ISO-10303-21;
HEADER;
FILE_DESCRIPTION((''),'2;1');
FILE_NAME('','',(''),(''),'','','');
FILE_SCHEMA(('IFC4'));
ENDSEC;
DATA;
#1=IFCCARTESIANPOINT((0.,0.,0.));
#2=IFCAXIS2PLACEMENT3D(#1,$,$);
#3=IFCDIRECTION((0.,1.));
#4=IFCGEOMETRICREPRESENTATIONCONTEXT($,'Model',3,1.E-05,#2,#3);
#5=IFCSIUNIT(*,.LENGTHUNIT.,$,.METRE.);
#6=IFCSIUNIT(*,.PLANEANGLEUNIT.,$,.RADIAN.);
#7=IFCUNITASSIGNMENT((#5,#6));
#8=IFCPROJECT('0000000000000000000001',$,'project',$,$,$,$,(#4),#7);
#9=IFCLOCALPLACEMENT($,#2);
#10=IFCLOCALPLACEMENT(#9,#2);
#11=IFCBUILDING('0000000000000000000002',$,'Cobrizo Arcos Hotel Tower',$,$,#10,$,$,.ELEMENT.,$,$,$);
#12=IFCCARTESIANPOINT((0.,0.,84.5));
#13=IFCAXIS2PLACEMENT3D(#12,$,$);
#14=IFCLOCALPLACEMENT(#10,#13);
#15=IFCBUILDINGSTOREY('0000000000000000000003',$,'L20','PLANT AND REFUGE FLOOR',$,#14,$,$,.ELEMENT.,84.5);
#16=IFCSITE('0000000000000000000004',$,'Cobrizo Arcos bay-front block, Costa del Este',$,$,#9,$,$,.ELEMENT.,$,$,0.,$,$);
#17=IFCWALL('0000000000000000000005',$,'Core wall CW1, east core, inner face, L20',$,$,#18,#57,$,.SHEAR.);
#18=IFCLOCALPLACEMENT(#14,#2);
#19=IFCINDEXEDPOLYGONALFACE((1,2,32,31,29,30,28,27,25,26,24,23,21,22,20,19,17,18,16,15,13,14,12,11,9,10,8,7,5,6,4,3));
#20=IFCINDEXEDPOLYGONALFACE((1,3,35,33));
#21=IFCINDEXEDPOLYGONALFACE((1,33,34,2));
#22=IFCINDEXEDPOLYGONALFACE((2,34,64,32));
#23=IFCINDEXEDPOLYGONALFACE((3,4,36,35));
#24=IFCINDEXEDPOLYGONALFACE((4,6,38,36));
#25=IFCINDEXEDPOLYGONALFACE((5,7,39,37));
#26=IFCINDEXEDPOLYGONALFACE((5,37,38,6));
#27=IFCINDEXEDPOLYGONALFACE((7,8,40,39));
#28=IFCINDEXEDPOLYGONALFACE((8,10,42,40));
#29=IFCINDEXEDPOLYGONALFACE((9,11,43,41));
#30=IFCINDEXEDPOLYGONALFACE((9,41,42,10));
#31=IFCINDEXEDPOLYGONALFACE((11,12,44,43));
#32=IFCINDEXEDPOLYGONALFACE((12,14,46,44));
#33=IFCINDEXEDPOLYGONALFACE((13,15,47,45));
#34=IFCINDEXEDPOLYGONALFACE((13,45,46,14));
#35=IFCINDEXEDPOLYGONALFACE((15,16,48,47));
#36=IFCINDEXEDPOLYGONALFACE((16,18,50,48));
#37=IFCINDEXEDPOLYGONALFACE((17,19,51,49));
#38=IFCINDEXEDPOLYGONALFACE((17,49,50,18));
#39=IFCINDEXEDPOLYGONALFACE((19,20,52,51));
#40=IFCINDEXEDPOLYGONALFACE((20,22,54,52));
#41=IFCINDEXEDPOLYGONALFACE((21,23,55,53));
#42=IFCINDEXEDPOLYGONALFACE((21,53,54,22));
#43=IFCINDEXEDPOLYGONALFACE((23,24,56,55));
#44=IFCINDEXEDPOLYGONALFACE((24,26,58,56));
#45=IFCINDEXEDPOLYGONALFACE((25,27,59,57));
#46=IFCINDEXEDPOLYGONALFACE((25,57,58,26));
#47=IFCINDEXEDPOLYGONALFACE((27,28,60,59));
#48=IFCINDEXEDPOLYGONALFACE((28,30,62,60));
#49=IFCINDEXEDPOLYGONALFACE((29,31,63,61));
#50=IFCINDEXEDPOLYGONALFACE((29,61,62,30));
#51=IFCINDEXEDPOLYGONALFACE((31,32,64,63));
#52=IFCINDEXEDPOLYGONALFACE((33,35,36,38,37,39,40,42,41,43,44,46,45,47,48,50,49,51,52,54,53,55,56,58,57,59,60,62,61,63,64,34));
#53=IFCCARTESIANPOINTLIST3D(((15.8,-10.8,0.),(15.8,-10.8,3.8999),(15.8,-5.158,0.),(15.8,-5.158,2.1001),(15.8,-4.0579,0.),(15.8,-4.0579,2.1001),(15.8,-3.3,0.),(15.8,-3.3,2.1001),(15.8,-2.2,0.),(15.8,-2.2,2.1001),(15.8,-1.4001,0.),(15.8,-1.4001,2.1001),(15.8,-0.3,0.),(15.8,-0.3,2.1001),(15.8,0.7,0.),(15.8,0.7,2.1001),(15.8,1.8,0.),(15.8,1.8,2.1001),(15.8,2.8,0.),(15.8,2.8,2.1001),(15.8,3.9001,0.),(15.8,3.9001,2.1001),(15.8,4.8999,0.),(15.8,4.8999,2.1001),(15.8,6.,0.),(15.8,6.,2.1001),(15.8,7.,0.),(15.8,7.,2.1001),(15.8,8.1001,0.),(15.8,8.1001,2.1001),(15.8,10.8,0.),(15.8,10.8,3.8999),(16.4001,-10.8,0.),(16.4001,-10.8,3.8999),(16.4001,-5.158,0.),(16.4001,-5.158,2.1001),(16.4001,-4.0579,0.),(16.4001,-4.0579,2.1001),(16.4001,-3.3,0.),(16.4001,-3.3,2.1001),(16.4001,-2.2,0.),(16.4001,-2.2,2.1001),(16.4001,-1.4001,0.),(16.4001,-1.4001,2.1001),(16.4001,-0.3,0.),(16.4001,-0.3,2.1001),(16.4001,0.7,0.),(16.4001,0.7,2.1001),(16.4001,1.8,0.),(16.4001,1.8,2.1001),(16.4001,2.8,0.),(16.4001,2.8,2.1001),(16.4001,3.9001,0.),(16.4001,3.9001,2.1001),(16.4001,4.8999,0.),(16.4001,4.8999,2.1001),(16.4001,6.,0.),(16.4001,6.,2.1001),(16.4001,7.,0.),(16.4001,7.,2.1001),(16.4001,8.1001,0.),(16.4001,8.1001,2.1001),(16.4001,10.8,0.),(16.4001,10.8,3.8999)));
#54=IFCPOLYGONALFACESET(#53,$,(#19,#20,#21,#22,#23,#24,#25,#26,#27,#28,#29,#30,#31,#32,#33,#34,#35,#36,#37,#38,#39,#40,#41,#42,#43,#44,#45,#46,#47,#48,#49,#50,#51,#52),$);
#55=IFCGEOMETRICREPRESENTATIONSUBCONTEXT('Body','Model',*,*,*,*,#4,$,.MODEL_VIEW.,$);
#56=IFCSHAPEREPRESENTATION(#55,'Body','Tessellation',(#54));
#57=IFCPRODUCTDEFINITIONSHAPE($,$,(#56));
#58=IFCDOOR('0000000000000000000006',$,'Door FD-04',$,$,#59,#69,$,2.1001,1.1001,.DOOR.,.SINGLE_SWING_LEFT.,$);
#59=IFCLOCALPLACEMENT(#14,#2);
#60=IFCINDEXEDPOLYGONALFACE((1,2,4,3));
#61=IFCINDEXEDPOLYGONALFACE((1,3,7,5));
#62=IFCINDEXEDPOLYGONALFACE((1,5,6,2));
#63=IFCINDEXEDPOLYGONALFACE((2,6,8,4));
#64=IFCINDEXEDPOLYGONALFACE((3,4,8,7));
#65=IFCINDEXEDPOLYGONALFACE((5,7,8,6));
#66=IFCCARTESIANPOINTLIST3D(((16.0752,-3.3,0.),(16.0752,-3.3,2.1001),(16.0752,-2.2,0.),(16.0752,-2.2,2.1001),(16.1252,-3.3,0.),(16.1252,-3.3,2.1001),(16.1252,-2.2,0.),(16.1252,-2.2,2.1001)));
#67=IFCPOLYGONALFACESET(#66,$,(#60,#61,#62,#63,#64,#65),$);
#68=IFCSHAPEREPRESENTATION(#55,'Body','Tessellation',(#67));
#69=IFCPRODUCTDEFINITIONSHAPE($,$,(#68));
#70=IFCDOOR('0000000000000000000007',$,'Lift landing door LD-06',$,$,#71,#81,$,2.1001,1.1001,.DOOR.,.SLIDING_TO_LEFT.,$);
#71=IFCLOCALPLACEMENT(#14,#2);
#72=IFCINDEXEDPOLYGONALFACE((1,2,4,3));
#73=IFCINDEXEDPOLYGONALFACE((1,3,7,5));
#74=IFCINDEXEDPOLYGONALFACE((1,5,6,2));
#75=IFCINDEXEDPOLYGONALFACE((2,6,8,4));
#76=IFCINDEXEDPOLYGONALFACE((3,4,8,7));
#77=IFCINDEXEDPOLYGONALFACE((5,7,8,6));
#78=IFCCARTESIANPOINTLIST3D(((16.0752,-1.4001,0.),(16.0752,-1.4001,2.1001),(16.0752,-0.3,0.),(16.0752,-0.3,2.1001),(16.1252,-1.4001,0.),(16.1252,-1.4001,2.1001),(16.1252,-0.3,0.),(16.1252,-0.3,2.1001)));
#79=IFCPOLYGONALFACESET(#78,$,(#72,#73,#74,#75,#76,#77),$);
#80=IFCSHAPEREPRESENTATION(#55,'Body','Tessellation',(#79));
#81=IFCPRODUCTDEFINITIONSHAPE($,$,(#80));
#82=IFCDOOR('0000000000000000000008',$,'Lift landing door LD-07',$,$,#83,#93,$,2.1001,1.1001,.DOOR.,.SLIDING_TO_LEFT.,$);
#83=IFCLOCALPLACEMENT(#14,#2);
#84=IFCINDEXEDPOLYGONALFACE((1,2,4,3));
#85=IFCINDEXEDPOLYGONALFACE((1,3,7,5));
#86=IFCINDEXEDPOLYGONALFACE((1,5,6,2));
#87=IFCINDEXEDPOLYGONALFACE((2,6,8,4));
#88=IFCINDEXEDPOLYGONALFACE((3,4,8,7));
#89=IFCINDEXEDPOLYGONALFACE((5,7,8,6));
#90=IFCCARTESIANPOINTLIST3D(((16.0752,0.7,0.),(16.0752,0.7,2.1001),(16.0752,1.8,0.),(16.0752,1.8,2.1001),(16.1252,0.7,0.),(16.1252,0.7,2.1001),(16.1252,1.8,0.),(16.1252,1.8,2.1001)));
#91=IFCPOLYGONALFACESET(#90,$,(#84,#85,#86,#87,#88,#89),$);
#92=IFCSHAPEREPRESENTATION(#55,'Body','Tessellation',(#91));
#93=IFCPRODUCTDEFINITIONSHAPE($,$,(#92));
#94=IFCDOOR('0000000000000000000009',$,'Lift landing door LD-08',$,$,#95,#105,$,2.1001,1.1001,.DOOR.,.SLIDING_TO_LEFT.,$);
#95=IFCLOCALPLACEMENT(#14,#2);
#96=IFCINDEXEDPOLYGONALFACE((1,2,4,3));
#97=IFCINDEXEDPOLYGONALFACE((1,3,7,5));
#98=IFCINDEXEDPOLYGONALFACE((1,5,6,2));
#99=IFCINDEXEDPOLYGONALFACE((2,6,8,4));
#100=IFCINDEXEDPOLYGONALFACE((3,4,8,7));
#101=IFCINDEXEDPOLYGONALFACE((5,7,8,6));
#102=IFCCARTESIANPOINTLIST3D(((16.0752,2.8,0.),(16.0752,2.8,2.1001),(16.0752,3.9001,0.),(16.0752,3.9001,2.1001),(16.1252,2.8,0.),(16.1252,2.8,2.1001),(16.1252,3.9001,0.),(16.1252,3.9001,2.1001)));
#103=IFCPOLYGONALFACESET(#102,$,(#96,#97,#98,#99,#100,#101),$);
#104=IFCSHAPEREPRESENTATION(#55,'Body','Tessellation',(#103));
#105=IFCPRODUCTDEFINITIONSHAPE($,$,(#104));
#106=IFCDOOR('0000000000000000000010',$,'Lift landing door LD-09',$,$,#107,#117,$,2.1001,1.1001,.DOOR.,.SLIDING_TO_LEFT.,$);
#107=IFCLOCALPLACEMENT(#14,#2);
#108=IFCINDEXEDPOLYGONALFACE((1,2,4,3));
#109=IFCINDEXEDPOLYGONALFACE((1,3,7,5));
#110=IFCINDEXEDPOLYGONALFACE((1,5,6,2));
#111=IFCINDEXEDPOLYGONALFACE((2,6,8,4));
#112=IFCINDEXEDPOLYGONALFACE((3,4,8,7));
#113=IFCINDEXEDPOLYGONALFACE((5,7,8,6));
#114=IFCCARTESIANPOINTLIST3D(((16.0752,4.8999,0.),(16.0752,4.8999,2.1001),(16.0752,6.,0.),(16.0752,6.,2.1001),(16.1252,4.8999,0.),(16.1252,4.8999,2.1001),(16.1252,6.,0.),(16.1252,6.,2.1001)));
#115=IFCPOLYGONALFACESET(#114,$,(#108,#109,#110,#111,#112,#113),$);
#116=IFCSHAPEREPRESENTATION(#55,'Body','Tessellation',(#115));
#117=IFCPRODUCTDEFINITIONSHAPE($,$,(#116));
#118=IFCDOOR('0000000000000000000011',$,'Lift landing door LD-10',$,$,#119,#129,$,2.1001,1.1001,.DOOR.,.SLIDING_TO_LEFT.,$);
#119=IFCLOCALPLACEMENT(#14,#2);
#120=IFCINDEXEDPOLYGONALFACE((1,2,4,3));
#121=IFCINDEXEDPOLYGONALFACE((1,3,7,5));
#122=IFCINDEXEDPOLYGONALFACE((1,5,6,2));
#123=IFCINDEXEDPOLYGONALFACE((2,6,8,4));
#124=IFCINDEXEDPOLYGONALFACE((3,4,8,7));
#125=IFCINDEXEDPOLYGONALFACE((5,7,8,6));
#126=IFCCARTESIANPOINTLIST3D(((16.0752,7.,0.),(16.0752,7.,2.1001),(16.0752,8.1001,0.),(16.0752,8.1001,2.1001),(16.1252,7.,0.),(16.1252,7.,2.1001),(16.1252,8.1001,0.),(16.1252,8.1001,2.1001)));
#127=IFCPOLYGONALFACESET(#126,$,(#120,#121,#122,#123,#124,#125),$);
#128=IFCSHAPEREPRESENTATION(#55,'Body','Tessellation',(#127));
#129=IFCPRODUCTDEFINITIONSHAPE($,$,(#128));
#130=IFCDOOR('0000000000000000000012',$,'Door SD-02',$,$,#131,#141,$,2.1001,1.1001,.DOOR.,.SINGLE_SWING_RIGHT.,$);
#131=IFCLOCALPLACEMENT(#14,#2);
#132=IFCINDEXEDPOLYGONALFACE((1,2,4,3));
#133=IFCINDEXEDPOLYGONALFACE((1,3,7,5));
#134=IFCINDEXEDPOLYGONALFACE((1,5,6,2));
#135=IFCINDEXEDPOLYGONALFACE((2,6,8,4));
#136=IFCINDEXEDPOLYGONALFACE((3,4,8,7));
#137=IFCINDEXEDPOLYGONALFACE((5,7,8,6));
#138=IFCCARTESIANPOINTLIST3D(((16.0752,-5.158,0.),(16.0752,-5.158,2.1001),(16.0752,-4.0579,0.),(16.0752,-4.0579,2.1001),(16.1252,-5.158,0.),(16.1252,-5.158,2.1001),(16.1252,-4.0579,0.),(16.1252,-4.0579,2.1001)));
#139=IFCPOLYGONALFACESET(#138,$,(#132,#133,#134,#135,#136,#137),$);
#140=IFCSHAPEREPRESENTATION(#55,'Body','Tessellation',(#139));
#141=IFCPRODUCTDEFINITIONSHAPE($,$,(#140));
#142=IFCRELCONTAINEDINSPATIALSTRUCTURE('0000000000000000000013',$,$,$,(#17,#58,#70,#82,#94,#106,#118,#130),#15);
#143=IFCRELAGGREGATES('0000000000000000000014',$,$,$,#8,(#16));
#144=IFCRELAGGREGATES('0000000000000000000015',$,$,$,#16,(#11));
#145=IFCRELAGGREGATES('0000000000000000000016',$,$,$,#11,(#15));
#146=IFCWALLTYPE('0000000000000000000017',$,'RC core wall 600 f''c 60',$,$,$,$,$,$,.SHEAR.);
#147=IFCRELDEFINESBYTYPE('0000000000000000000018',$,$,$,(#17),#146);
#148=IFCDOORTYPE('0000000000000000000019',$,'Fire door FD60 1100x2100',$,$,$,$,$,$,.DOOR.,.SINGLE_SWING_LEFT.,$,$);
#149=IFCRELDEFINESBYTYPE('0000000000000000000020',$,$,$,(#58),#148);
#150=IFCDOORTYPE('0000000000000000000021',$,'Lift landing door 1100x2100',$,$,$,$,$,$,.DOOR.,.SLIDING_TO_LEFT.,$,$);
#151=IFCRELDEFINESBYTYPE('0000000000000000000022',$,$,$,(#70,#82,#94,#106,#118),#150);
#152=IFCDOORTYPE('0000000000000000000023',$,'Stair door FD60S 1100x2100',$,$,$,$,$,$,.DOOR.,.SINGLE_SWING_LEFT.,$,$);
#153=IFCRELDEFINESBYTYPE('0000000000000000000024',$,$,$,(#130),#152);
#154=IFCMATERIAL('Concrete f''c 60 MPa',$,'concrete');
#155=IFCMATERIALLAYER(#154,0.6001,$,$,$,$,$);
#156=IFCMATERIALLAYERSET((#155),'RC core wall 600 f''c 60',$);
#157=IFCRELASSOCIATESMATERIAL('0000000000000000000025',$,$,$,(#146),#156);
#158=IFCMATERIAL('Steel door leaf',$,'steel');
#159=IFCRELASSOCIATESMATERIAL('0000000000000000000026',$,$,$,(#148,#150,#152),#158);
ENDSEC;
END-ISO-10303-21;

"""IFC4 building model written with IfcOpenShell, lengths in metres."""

from ifc_helpers import new_model, si_unit, direction, frame, frame_2d, origin, place, context, subcontext, project, spatial, rectangle, extrude, material, layer, layer_set, type_object, element, fill, save


model = new_model("IFC4")

# Units and contexts
model_context = context("Model", 3, precision=1e-05, world=origin(), true_north=direction((0.0, 1.0)))
body_context = subcontext(model_context, "Body", "Model", "MODEL_VIEW")
ifc_project = project(units=[si_unit("LENGTHUNIT", "METRE"), si_unit("PLANEANGLEUNIT", "RADIAN")], contexts=[model_context])

# Site, building, storey
site_placement = place(None, origin())
site = spatial("IfcSite", under=ifc_project, at=site_placement, Name="Cobrizo Arcos bay-front block, Costa del Este", CompositionType="ELEMENT", RefElevation=0.0)
building_placement = place(site_placement, origin())
building = spatial("IfcBuilding", under=site, at=building_placement, Name="Cobrizo Arcos Hotel Tower", CompositionType="ELEMENT")
storey_placement = place(building_placement, frame((0.0, 0.0, 84.5)))
storey = spatial("IfcBuildingStorey", under=building, at=storey_placement, Name="L20", Description="PLANT AND REFUGE FLOOR", CompositionType="ELEMENT", Elevation=84.5)

# Wall, openings, doors
ifc_material_1 = material(Name="Concrete f'c 60 MPa", Category="concrete")
ifc_layer_1 = layer(ifc_material_1, 0.6001)
ifc_layer_set_1 = layer_set([ifc_layer_1], Name="RC core wall 600 f'c 60")
wall_type_1 = type_object("IfcWallType", Name="RC core wall 600 f'c 60", PredefinedType="SHEAR", material=ifc_layer_set_1)
wall_1_placement = place(storey_placement, frame((16.1001, -10.8, 0.0), z_axis=(0.0, 0.0, 1.0), x_axis=(0.0, 1.0, 0.0)))
wall_1 = element("IfcWall", 1, at=wall_1_placement, inside=storey, type_object=wall_type_1, Name="Core wall CW1, east core, inner face, L20", PredefinedType="SHEAR", context=body_context, shape_type="SweptSolid", body=[
    extrude(rectangle(XDim=21.6001, YDim=0.6001, at=frame_2d((10.8, 0.0))), origin(), (0.0, 0.0, 1.0), 3.8999),
])
opening_1_placement = place(wall_1_placement, frame((9.3999, 0.0, 0.0)))
opening_1 = element("IfcOpeningElement", 2, at=opening_1_placement, cuts=wall_1, PredefinedType="OPENING", context=body_context, shape_type="SweptSolid", body=[
    extrude(rectangle(XDim=1.1001, YDim=2.1001, at=frame_2d((0.55, 1.05))), frame((0.0, 0.312, 0.0), z_axis=(0.0, -1.0, 0.0), x_axis=(1.0, 0.0, 0.0)), (0.0, 0.0, 1.0), 0.624),
])
opening_2_placement = place(wall_1_placement, frame((11.5, 0.0, 0.0)))
opening_2 = element("IfcOpeningElement", 3, at=opening_2_placement, cuts=wall_1, PredefinedType="OPENING", context=body_context, shape_type="SweptSolid", body=[
    extrude(rectangle(XDim=1.1001, YDim=2.1001, at=frame_2d((0.55, 1.05))), frame((0.0, 0.312, 0.0), z_axis=(0.0, -1.0, 0.0), x_axis=(1.0, 0.0, 0.0)), (0.0, 0.0, 1.0), 0.624),
])
opening_3_placement = place(wall_1_placement, frame((13.6001, 0.0, 0.0)))
opening_3 = element("IfcOpeningElement", 4, at=opening_3_placement, cuts=wall_1, PredefinedType="OPENING", context=body_context, shape_type="SweptSolid", body=[
    extrude(rectangle(XDim=1.1001, YDim=2.1001, at=frame_2d((0.55, 1.05))), frame((0.0, 0.312, 0.0), z_axis=(0.0, -1.0, 0.0), x_axis=(1.0, 0.0, 0.0)), (0.0, 0.0, 1.0), 0.624),
])
opening_4_placement = place(wall_1_placement, frame((15.7, 0.0, 0.0)))
opening_4 = element("IfcOpeningElement", 5, at=opening_4_placement, cuts=wall_1, PredefinedType="OPENING", context=body_context, shape_type="SweptSolid", body=[
    extrude(rectangle(XDim=1.1001, YDim=2.1001, at=frame_2d((0.55, 1.05))), frame((0.0, 0.312, 0.0), z_axis=(0.0, -1.0, 0.0), x_axis=(1.0, 0.0, 0.0)), (0.0, 0.0, 1.0), 0.624),
])
opening_5_placement = place(wall_1_placement, frame((17.8, 0.0, 0.0)))
opening_5 = element("IfcOpeningElement", 6, at=opening_5_placement, cuts=wall_1, PredefinedType="OPENING", context=body_context, shape_type="SweptSolid", body=[
    extrude(rectangle(XDim=1.1001, YDim=2.1001, at=frame_2d((0.55, 1.05))), frame((0.0, 0.312, 0.0), z_axis=(0.0, -1.0, 0.0), x_axis=(1.0, 0.0, 0.0)), (0.0, 0.0, 1.0), 0.624),
])
opening_6_placement = place(wall_1_placement, frame((5.6421, 0.0, 0.0)))
opening_6 = element("IfcOpeningElement", 7, at=opening_6_placement, cuts=wall_1, PredefinedType="OPENING", context=body_context, shape_type="SweptSolid", body=[
    extrude(rectangle(XDim=1.1001, YDim=2.1001, at=frame_2d((0.55, 1.05))), frame((0.0, 0.312, 0.0), z_axis=(0.0, -1.0, 0.0), x_axis=(1.0, 0.0, 0.0)), (0.0, 0.0, 1.0), 0.624),
])
opening_7_placement = place(wall_1_placement, frame((7.5, 0.0, 0.0)))
opening_7 = element("IfcOpeningElement", 8, at=opening_7_placement, cuts=wall_1, PredefinedType="OPENING", context=body_context, shape_type="SweptSolid", body=[
    extrude(rectangle(XDim=1.1001, YDim=2.1001, at=frame_2d((0.55, 1.05))), frame((0.0, 0.312, 0.0), z_axis=(0.0, -1.0, 0.0), x_axis=(1.0, 0.0, 0.0)), (0.0, 0.0, 1.0), 0.624),
])
ifc_material_2 = material(Name="Steel door leaf", Category="steel")
door_type_1 = type_object("IfcDoorType", Name="Fire door FD60 1100x2100", OperationType="SINGLE_SWING_LEFT", PredefinedType="DOOR", material=ifc_material_2)
door_1_placement = place(opening_7_placement, origin())
door_1 = element("IfcDoor", 9, at=door_1_placement, inside=storey, type_object=door_type_1, Name="Door FD-04", OperationType="SINGLE_SWING_LEFT", OverallHeight=2.1001, OverallWidth=1.1001, PredefinedType="DOOR", context=body_context, shape_type="SweptSolid", body=[
    extrude(rectangle(XDim=1.1001, YDim=2.1001, at=frame_2d((0.55, 1.05))), frame((0.0, 0.0249, 0.0), z_axis=(0.0, -1.0, 0.0), x_axis=(1.0, 0.0, 0.0)), (0.0, 0.0, 1.0), 0.05),
])
fill(opening_7, door_1)
door_type_2 = type_object("IfcDoorType", Name="Lift landing door 1100x2100", OperationType="SLIDING_TO_LEFT", PredefinedType="DOOR", material=ifc_material_2)
door_2_placement = place(opening_1_placement, origin())
door_2 = element("IfcDoor", 10, at=door_2_placement, inside=storey, type_object=door_type_2, Name="Lift landing door LD-06", OperationType="SLIDING_TO_LEFT", OverallHeight=2.1001, OverallWidth=1.1001, PredefinedType="DOOR", context=body_context, shape_type="SweptSolid", body=[
    extrude(rectangle(XDim=1.1001, YDim=2.1001, at=frame_2d((0.55, 1.05))), frame((0.0, 0.0249, 0.0), z_axis=(0.0, -1.0, 0.0), x_axis=(1.0, 0.0, 0.0)), (0.0, 0.0, 1.0), 0.05),
])
fill(opening_1, door_2)
door_3_placement = place(opening_2_placement, origin())
door_3 = element("IfcDoor", 11, at=door_3_placement, inside=storey, type_object=door_type_2, Name="Lift landing door LD-07", OperationType="SLIDING_TO_LEFT", OverallHeight=2.1001, OverallWidth=1.1001, PredefinedType="DOOR", context=body_context, shape_type="SweptSolid", body=[
    extrude(rectangle(XDim=1.1001, YDim=2.1001, at=frame_2d((0.55, 1.05))), frame((0.0, 0.0249, 0.0), z_axis=(0.0, -1.0, 0.0), x_axis=(1.0, 0.0, 0.0)), (0.0, 0.0, 1.0), 0.05),
])
fill(opening_2, door_3)
door_4_placement = place(opening_3_placement, origin())
door_4 = element("IfcDoor", 12, at=door_4_placement, inside=storey, type_object=door_type_2, Name="Lift landing door LD-08", OperationType="SLIDING_TO_LEFT", OverallHeight=2.1001, OverallWidth=1.1001, PredefinedType="DOOR", context=body_context, shape_type="SweptSolid", body=[
    extrude(rectangle(XDim=1.1001, YDim=2.1001, at=frame_2d((0.55, 1.05))), frame((0.0, 0.0249, 0.0), z_axis=(0.0, -1.0, 0.0), x_axis=(1.0, 0.0, 0.0)), (0.0, 0.0, 1.0), 0.05),
])
fill(opening_3, door_4)
door_5_placement = place(opening_4_placement, origin())
door_5 = element("IfcDoor", 13, at=door_5_placement, inside=storey, type_object=door_type_2, Name="Lift landing door LD-09", OperationType="SLIDING_TO_LEFT", OverallHeight=2.1001, OverallWidth=1.1001, PredefinedType="DOOR", context=body_context, shape_type="SweptSolid", body=[
    extrude(rectangle(XDim=1.1001, YDim=2.1001, at=frame_2d((0.55, 1.05))), frame((0.0, 0.0249, 0.0), z_axis=(0.0, -1.0, 0.0), x_axis=(1.0, 0.0, 0.0)), (0.0, 0.0, 1.0), 0.05),
])
fill(opening_4, door_5)
door_6_placement = place(opening_5_placement, origin())
door_6 = element("IfcDoor", 14, at=door_6_placement, inside=storey, type_object=door_type_2, Name="Lift landing door LD-10", OperationType="SLIDING_TO_LEFT", OverallHeight=2.1001, OverallWidth=1.1001, PredefinedType="DOOR", context=body_context, shape_type="SweptSolid", body=[
    extrude(rectangle(XDim=1.1001, YDim=2.1001, at=frame_2d((0.55, 1.05))), frame((0.0, 0.0249, 0.0), z_axis=(0.0, -1.0, 0.0), x_axis=(1.0, 0.0, 0.0)), (0.0, 0.0, 1.0), 0.05),
])
fill(opening_5, door_6)
door_type_3 = type_object("IfcDoorType", Name="Stair door FD60S 1100x2100", OperationType="SINGLE_SWING_LEFT", PredefinedType="DOOR", material=ifc_material_2)
door_7_placement = place(opening_6_placement, origin())
door_7 = element("IfcDoor", 15, at=door_7_placement, inside=storey, type_object=door_type_3, Name="Door SD-02", OperationType="SINGLE_SWING_RIGHT", OverallHeight=2.1001, OverallWidth=1.1001, PredefinedType="DOOR", context=body_context, shape_type="SweptSolid", body=[
    extrude(rectangle(XDim=1.1001, YDim=2.1001, at=frame_2d((0.55, 1.05))), frame((0.0, 0.0249, 0.0), z_axis=(0.0, -1.0, 0.0), x_axis=(1.0, 0.0, 0.0)), (0.0, 0.0, 1.0), 0.05),
])
fill(opening_6, door_7)

save(model, "model.ifc")
